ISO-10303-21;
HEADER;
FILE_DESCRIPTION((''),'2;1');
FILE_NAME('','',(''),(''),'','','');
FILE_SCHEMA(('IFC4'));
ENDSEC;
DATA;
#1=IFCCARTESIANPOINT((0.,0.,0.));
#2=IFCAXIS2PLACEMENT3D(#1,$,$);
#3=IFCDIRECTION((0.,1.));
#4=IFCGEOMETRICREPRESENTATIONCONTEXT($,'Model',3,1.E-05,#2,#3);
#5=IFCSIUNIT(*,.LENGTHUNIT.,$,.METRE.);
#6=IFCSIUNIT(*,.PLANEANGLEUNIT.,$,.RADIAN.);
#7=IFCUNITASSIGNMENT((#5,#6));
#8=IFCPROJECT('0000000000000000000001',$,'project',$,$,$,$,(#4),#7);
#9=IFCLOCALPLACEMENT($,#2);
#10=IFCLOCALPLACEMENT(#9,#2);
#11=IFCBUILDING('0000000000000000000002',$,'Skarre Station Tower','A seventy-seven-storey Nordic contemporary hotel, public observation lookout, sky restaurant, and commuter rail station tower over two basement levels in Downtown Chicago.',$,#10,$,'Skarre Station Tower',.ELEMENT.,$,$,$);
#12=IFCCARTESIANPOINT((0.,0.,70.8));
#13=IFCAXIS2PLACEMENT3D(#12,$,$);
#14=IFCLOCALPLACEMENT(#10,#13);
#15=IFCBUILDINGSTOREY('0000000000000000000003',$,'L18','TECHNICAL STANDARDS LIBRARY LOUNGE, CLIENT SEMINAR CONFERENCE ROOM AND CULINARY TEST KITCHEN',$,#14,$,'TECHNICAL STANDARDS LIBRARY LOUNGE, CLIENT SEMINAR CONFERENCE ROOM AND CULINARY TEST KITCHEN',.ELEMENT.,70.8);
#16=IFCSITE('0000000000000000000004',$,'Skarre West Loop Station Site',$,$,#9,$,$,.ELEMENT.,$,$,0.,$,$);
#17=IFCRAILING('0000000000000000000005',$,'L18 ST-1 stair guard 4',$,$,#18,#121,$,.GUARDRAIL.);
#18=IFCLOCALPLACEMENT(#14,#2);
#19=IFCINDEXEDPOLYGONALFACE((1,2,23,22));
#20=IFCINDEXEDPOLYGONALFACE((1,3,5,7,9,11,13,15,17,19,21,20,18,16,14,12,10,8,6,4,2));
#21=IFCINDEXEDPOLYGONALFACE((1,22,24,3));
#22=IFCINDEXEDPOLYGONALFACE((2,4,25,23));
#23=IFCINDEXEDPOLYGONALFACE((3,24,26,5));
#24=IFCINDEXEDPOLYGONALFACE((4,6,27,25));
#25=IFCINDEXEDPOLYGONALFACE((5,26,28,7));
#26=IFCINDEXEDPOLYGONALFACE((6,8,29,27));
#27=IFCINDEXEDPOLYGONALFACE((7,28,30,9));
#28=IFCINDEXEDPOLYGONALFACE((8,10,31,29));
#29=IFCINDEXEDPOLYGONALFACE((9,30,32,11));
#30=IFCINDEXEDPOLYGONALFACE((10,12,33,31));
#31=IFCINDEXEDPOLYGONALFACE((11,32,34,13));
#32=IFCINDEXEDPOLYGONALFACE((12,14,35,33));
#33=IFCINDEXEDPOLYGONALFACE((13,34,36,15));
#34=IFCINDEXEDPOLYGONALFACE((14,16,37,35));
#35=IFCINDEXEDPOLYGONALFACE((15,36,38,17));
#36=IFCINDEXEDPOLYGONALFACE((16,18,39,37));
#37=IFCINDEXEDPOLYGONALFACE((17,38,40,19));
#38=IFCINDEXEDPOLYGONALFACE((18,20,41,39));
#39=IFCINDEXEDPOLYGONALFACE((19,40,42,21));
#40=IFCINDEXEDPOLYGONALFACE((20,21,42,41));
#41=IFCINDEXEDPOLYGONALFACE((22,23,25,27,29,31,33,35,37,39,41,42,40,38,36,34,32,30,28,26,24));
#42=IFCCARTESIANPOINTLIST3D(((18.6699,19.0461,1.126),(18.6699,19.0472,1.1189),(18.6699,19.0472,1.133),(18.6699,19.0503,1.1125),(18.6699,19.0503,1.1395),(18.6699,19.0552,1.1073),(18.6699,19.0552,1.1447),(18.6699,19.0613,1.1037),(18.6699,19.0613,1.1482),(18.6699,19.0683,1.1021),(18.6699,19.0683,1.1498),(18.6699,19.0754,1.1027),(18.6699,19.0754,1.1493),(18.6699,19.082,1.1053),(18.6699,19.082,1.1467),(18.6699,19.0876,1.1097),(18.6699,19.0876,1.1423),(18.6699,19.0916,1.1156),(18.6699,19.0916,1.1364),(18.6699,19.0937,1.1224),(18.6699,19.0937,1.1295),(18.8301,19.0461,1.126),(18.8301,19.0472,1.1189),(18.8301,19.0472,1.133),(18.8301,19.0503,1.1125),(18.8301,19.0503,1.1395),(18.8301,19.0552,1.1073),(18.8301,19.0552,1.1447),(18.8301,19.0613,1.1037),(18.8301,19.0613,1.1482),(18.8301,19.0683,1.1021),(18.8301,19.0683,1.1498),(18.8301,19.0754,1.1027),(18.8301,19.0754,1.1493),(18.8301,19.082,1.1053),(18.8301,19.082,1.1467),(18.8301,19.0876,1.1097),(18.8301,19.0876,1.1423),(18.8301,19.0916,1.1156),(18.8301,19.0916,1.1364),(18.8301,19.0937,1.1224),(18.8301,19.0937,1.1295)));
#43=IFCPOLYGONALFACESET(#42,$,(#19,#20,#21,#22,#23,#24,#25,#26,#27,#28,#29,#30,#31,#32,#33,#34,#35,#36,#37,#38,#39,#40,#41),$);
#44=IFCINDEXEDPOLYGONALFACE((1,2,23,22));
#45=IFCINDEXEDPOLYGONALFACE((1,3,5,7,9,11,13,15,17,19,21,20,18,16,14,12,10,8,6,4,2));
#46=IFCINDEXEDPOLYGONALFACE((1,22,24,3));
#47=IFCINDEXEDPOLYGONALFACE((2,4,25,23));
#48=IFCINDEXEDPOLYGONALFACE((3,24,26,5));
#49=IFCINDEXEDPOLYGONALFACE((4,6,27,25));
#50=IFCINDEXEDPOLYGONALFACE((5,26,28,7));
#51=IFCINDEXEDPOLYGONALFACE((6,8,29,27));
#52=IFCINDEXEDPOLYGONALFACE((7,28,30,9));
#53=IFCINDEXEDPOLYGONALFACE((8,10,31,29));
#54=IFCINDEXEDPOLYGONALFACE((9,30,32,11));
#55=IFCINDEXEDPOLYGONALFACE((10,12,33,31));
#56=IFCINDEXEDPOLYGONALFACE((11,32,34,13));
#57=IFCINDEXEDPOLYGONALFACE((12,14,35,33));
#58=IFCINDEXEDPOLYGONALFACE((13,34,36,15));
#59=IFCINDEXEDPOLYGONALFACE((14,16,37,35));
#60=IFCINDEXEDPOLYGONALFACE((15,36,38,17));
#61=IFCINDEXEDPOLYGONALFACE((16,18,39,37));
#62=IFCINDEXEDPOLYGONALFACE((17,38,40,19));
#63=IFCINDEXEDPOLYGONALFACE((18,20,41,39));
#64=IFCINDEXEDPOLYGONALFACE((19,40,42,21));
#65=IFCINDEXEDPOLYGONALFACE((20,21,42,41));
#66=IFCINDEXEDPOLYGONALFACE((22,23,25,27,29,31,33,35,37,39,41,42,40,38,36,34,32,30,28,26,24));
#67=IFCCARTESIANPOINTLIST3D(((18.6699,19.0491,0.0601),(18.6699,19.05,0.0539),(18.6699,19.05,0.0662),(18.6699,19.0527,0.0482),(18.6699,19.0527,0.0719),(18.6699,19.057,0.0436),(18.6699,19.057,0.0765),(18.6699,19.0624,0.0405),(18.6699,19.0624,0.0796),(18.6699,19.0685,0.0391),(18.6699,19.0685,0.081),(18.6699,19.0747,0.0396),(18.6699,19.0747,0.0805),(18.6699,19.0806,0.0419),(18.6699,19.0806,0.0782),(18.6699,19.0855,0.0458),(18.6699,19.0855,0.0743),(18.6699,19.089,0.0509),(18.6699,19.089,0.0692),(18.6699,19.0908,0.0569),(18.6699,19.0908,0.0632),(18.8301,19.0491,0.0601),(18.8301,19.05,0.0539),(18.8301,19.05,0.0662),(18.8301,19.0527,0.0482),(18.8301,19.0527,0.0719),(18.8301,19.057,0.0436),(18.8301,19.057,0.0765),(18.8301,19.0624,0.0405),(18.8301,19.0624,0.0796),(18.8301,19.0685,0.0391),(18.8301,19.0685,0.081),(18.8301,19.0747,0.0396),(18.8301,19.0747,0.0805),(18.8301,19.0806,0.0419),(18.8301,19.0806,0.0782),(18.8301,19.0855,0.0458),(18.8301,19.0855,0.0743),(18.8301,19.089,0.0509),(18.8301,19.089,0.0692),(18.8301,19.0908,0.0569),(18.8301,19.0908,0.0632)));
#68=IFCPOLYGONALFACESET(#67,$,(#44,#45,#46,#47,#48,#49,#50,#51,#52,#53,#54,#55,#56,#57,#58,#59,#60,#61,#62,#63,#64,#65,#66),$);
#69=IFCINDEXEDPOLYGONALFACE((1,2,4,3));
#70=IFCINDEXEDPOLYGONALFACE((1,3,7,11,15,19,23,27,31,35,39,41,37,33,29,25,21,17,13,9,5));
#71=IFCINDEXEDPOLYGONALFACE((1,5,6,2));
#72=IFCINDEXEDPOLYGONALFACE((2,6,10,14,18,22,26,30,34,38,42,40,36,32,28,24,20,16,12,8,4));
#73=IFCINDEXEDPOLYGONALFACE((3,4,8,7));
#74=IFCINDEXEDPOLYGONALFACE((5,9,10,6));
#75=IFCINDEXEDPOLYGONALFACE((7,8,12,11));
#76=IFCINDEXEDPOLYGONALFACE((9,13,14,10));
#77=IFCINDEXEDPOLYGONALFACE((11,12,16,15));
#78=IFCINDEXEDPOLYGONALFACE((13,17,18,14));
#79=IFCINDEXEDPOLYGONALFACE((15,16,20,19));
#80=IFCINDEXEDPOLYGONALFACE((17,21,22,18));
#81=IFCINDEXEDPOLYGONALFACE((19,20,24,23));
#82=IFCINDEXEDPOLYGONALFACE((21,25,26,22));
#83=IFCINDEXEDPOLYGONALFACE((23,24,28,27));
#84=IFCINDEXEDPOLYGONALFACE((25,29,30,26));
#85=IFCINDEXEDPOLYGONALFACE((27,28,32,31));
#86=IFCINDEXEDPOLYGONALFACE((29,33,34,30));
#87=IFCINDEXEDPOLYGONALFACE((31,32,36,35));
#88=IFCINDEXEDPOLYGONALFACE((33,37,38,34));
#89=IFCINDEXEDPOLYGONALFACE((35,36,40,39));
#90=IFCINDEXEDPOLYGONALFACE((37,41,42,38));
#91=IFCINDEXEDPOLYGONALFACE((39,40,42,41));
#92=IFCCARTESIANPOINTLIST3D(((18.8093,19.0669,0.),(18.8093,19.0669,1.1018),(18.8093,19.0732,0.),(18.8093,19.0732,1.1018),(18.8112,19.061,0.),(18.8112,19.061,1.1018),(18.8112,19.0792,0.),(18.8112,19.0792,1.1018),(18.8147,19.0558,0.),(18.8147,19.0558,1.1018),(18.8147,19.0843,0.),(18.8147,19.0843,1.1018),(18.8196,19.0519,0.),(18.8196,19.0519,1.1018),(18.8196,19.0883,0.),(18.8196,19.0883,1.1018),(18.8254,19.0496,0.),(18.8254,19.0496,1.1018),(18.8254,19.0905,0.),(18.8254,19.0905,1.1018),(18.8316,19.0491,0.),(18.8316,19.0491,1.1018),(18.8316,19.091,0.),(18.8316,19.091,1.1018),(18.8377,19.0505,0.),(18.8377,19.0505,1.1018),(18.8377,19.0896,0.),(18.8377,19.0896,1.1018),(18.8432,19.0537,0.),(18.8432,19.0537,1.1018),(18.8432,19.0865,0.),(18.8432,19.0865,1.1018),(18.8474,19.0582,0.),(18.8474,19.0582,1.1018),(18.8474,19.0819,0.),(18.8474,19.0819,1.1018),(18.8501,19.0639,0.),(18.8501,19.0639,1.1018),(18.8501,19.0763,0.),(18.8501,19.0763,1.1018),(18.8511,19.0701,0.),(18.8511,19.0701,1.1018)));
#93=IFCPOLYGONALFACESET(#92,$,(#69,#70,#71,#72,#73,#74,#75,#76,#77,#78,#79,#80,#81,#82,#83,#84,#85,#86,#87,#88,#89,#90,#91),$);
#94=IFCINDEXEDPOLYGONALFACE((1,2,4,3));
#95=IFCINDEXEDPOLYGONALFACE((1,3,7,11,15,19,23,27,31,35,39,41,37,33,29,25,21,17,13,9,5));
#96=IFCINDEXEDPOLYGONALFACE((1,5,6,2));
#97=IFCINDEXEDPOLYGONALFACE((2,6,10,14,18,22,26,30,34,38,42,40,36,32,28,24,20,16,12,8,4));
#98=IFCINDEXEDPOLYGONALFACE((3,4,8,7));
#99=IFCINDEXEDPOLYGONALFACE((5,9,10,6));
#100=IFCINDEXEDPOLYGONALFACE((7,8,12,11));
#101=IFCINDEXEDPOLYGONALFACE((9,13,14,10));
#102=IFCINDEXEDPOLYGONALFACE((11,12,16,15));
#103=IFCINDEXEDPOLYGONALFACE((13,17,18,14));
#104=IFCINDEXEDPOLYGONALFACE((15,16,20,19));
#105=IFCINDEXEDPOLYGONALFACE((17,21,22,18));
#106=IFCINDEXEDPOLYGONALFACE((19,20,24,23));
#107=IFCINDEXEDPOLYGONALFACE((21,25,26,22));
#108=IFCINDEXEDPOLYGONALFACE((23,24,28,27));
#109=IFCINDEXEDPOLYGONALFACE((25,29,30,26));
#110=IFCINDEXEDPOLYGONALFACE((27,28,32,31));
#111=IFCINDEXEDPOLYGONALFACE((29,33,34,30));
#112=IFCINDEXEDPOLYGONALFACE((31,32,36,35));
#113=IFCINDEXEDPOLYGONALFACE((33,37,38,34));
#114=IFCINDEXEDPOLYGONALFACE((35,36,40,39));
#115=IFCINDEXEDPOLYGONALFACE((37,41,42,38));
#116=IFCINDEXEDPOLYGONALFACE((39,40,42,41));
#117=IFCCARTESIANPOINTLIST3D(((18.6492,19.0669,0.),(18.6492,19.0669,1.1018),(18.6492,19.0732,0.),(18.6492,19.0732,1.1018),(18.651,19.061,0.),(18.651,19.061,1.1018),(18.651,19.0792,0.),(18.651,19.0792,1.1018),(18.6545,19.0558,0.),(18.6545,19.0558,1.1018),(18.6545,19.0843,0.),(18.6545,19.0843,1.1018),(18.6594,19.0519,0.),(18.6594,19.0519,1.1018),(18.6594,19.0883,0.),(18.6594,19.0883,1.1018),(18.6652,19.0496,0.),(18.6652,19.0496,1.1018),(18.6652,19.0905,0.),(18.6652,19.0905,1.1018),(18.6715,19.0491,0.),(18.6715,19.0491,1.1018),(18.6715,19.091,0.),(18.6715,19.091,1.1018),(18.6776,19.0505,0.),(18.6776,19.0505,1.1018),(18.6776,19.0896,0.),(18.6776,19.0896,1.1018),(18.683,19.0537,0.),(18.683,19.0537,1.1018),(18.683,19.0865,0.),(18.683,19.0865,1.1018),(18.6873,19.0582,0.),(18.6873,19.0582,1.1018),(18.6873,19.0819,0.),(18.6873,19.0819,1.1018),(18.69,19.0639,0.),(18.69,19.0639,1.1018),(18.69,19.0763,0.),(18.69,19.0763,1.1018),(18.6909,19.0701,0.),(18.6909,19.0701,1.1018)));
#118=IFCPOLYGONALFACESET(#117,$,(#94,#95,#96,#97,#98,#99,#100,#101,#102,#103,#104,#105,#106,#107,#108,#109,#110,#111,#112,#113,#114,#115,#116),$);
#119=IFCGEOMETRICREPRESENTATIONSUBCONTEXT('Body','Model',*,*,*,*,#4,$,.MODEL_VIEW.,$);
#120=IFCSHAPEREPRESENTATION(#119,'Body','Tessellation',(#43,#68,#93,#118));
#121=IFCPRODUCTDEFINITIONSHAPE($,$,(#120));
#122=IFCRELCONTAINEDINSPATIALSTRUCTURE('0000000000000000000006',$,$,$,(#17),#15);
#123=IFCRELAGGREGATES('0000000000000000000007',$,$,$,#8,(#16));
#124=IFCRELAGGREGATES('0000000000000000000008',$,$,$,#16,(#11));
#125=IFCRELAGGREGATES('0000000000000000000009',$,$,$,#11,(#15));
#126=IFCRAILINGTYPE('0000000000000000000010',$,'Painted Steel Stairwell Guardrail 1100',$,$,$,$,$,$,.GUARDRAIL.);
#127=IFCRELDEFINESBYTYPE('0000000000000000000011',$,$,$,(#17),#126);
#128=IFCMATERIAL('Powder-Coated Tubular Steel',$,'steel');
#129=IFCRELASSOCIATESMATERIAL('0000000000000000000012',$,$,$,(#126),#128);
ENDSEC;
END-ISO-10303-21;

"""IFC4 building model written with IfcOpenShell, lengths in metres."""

from ifc_helpers import new_model, si_unit, direction, frame, origin, origin_2d, place, context, subcontext, project, spatial, circle, extrude, material, type_object, element, save


model = new_model("IFC4")

# Units and contexts
model_context = context("Model", 3, precision=1e-05, world=origin(), true_north=direction((0.0, 1.0)))
body_context = subcontext(model_context, "Body", "Model", "MODEL_VIEW")
ifc_project = project(units=[si_unit("LENGTHUNIT", "METRE"), si_unit("PLANEANGLEUNIT", "RADIAN")], contexts=[model_context])

# Site, building, storey
site_placement = place(None, origin())
site = spatial("IfcSite", under=ifc_project, at=site_placement, Name="Skarre West Loop Station Site", CompositionType="ELEMENT", RefElevation=0.0)
building_placement = place(site_placement, origin())
building = spatial("IfcBuilding", under=site, at=building_placement, Name="Skarre Station Tower", Description="A seventy-seven-storey Nordic contemporary hotel, public observation lookout, sky restaurant, and commuter rail station tower over two basement levels in Downtown Chicago.", LongName="Skarre Station Tower", CompositionType="ELEMENT")
storey_placement = place(building_placement, frame((0.0, 0.0, 70.8)))
storey = spatial("IfcBuildingStorey", under=building, at=storey_placement, Name="L18", Description="TECHNICAL STANDARDS LIBRARY LOUNGE, CLIENT SEMINAR CONFERENCE ROOM AND CULINARY TEST KITCHEN", LongName="TECHNICAL STANDARDS LIBRARY LOUNGE, CLIENT SEMINAR CONFERENCE ROOM AND CULINARY TEST KITCHEN", CompositionType="ELEMENT", Elevation=70.8)

# Railing
ifc_material_1 = material(Name="Powder-Coated Tubular Steel", Category="steel")
railing_type = type_object("IfcRailingType", Name="Painted Steel Stairwell Guardrail 1100", PredefinedType="GUARDRAIL", material=ifc_material_1)
railing_1_placement = place(storey_placement, frame((18.8301, 19.0701, 0.0)))
element("IfcRailing", 1, at=railing_1_placement, inside=storey, type_object=railing_type, Name="L18 ST-1 stair guard 4", PredefinedType="GUARDRAIL", context=body_context, shape_type="SweptSolid", body=[
    extrude(circle(Radius=0.0239, at=origin_2d()), frame((0.0, 0.0, 1.126), z_axis=(-1.0, 0.0, 0.0), x_axis=(0.0, -1.0, 0.0)), (0.0, 0.0, 1.0), 0.1602),
    extrude(circle(Radius=0.021, at=origin_2d()), frame((0.0, 0.0, 0.0601), z_axis=(-1.0, 0.0, 0.0), x_axis=(0.0, -1.0, 0.0)), (0.0, 0.0, 1.0), 0.1602),
    extrude(circle(Radius=0.021, at=origin_2d()), origin(), (0.0, 0.0, 1.0), 1.1018),
    extrude(circle(Radius=0.021, at=origin_2d()), frame((-0.1602, 0.0, 0.0)), (0.0, 0.0, 1.0), 1.1018),
])

save(model, "model.ifc")
